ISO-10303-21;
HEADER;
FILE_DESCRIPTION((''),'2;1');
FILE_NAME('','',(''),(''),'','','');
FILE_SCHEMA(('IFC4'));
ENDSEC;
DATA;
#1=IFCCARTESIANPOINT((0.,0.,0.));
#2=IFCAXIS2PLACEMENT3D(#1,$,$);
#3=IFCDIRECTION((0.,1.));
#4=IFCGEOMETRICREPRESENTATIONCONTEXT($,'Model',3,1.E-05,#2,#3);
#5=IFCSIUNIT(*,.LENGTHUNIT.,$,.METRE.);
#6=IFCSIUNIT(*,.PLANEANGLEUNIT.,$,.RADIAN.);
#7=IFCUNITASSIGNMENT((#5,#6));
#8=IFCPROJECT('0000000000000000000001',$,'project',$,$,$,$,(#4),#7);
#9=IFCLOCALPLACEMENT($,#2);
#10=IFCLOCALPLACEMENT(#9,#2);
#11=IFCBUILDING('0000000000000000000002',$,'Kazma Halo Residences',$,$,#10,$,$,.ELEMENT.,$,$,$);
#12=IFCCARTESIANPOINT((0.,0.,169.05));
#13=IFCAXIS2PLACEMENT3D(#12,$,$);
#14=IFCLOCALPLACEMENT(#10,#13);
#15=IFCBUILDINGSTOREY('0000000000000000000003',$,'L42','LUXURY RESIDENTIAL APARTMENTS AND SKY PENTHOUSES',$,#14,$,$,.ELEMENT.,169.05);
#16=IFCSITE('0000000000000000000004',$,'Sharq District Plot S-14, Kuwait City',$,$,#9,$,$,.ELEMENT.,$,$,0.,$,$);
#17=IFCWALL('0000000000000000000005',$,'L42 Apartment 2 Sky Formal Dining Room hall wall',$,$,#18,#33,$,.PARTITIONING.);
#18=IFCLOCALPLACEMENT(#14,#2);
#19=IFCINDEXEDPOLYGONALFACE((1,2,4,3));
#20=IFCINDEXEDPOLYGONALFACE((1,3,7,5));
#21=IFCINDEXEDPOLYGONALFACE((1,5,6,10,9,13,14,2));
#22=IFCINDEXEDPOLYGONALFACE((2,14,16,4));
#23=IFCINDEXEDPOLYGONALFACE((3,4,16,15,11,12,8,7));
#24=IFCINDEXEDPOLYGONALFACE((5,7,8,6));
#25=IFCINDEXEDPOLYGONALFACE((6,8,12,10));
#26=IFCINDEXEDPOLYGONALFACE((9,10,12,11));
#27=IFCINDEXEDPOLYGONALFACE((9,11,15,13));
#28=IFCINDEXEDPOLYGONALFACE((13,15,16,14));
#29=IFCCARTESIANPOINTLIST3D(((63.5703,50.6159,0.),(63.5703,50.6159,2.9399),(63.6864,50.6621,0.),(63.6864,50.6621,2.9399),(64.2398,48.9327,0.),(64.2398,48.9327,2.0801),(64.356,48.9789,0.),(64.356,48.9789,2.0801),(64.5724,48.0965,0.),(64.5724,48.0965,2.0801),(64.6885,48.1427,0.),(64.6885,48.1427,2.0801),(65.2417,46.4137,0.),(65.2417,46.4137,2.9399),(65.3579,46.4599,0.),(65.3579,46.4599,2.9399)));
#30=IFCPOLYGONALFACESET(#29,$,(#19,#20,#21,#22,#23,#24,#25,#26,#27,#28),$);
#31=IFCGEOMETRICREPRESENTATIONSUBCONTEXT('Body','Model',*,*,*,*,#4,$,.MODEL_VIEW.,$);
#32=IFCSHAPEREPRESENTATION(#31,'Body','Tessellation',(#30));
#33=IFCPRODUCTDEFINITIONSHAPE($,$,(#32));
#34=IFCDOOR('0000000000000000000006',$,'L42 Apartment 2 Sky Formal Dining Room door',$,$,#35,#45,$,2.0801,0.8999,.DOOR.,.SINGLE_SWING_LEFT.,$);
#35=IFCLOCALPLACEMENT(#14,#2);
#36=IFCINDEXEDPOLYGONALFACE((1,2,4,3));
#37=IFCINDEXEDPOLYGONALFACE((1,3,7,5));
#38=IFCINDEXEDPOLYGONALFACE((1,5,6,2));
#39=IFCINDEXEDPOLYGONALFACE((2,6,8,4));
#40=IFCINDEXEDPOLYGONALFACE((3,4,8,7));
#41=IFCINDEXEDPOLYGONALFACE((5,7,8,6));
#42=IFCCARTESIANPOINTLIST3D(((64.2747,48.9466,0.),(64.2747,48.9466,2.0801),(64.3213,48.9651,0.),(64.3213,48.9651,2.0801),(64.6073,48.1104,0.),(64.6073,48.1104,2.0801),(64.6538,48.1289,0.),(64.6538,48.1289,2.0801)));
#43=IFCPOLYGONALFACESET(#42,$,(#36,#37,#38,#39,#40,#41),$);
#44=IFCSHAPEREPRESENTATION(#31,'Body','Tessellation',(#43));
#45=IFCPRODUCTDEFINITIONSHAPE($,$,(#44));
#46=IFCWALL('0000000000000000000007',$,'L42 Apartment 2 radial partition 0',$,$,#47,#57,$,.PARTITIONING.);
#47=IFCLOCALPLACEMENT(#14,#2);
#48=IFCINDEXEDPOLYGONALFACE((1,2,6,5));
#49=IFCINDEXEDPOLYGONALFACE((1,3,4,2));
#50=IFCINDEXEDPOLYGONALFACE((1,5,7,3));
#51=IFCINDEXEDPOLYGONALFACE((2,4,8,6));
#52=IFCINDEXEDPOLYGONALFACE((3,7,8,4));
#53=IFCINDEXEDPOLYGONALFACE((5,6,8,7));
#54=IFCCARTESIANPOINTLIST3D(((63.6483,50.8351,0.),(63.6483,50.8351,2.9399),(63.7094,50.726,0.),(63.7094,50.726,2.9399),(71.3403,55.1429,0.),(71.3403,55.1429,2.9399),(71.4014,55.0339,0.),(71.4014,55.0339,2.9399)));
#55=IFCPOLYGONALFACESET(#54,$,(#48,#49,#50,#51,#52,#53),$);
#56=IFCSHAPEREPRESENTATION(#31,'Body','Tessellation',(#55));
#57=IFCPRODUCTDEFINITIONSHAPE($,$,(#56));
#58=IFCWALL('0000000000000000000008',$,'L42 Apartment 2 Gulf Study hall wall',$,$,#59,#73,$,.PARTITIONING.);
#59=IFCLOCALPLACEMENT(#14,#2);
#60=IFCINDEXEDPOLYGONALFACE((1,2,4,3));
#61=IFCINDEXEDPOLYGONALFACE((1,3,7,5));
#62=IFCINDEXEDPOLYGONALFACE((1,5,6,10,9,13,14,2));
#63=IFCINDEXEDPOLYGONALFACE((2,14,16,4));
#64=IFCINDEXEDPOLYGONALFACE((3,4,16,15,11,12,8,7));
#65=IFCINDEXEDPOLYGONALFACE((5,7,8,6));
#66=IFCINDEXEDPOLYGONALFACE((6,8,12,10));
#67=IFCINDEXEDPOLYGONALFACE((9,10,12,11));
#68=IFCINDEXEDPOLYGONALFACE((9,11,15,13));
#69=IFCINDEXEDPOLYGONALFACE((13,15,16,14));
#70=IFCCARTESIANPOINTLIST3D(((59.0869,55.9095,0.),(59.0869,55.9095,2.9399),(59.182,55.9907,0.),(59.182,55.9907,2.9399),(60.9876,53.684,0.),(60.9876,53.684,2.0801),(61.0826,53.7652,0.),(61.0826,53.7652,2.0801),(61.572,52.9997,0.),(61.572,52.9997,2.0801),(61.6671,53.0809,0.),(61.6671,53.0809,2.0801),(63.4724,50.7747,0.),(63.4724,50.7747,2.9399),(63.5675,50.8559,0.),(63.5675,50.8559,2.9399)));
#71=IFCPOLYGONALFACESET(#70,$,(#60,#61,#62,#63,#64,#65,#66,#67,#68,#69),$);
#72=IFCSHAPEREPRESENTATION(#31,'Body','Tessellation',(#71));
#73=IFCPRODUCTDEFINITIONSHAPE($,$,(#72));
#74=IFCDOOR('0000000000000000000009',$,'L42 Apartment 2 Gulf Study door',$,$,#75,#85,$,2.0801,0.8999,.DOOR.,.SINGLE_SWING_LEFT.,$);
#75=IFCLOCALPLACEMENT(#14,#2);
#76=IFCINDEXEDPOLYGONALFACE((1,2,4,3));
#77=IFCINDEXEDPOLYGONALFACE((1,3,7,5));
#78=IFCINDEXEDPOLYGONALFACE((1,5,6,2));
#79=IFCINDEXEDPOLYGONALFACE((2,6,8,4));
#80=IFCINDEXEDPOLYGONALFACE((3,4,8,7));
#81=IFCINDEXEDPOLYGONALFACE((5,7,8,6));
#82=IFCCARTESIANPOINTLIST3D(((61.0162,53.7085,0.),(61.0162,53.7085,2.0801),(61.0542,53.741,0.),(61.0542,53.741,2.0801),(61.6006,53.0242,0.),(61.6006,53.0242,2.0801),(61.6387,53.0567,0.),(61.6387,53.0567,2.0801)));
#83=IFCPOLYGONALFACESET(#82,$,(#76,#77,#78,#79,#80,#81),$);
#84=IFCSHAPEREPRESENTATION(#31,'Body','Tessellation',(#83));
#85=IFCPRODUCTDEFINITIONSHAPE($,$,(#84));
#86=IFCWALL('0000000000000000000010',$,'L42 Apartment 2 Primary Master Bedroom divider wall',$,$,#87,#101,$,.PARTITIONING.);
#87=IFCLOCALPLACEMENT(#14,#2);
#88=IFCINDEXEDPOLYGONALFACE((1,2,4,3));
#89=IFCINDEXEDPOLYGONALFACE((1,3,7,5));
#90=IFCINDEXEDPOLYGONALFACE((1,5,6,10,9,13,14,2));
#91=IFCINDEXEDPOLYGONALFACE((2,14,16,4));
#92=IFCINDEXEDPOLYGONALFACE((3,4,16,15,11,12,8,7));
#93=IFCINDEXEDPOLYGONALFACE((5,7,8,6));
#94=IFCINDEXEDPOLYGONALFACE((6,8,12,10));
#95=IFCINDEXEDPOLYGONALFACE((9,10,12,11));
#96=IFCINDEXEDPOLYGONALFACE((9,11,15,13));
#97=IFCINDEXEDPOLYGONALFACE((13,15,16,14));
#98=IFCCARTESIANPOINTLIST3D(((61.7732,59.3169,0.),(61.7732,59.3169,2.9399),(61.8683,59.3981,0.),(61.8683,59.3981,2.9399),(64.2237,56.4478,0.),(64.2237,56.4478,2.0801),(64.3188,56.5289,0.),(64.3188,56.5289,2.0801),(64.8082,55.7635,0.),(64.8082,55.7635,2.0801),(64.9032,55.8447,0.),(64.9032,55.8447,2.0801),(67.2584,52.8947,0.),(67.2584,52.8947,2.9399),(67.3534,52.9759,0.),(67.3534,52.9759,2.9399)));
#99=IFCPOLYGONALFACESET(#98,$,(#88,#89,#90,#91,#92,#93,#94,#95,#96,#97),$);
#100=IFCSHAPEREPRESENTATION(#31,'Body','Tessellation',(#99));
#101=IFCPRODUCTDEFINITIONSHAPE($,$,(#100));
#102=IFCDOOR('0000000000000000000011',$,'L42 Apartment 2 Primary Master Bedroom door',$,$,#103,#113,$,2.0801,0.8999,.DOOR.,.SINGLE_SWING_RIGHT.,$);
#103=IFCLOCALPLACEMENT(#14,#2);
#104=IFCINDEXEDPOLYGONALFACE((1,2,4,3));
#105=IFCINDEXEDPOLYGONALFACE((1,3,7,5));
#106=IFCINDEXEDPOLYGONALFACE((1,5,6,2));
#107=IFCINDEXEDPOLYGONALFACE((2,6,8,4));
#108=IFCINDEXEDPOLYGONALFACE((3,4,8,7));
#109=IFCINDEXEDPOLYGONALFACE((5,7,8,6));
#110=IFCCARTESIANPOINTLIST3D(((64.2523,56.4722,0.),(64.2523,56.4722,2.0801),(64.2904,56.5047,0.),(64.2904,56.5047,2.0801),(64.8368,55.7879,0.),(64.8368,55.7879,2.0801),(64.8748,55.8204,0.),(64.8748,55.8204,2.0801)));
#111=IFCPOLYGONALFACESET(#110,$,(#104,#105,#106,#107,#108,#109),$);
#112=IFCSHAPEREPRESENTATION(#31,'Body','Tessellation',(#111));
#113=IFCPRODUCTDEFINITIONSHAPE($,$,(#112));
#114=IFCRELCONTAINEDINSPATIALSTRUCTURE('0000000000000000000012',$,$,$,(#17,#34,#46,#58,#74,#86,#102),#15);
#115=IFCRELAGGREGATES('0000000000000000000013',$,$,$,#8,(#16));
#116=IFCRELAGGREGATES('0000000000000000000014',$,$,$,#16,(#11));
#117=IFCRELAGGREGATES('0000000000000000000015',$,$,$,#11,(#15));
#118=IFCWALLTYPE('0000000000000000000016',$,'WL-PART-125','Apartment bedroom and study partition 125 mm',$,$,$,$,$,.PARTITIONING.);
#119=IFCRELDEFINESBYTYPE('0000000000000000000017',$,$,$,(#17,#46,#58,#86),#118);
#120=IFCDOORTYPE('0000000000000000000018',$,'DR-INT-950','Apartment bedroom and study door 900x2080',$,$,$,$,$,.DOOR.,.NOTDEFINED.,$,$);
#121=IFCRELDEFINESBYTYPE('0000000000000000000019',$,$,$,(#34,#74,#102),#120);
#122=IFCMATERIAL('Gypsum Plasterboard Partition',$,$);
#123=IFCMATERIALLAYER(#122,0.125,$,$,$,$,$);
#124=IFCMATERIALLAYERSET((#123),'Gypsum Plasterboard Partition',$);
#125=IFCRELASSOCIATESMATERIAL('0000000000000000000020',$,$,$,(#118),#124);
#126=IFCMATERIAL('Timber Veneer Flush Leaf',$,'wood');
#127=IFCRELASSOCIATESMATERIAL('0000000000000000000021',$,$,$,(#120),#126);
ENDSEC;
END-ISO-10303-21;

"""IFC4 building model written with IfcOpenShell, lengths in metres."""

from ifc_helpers import new_model, si_unit, direction, frame, frame_2d, origin, place, context, subcontext, project, spatial, rectangle, extrude, material, layer, layer_set, type_object, element, fill, save


model = new_model("IFC4")

# Units and contexts
model_context = context("Model", 3, precision=1e-05, world=origin(), true_north=direction((0.0, 1.0)))
body_context = subcontext(model_context, "Body", "Model", "MODEL_VIEW")
ifc_project = project(units=[si_unit("LENGTHUNIT", "METRE"), si_unit("PLANEANGLEUNIT", "RADIAN")], contexts=[model_context])

# Site, building, storey
site_placement = place(None, origin())
site = spatial("IfcSite", under=ifc_project, at=site_placement, Name="Sharq District Plot S-14, Kuwait City", CompositionType="ELEMENT", RefElevation=0.0)
building_placement = place(site_placement, origin())
building = spatial("IfcBuilding", under=site, at=building_placement, Name="Kazma Halo Residences", CompositionType="ELEMENT")
storey_placement = place(building_placement, frame((0.0, 0.0, 169.05)))
storey = spatial("IfcBuildingStorey", under=building, at=storey_placement, Name="L42", Description="LUXURY RESIDENTIAL APARTMENTS AND SKY PENTHOUSES", CompositionType="ELEMENT", Elevation=169.05)

# Shared definitions
ifc_material_1 = material(Name="Gypsum Plasterboard Partition")
ifc_layer_1 = layer(ifc_material_1, 0.125)
ifc_layer_set_1 = layer_set([ifc_layer_1], Name="Gypsum Plasterboard Partition")
wall_type_1 = type_object("IfcWallType", Name="WL-PART-125", Description="Apartment bedroom and study partition 125 mm", PredefinedType="PARTITIONING", material=ifc_layer_set_1)

# Wall, opening, door
wall_1_placement = place(storey_placement, frame((65.2998, 46.4368, 0.0), z_axis=(0.0, 0.0, 1.0), x_axis=(-0.369584, 0.929197, 0.0)))
wall_1 = element("IfcWall", 1, at=wall_1_placement, inside=storey, type_object=wall_type_1, Name="L42 Apartment 2 Sky Formal Dining Room hall wall", PredefinedType="PARTITIONING", context=body_context, shape_type="SweptSolid", body=[
    extrude(rectangle(XDim=4.5225, YDim=0.125, at=frame_2d((2.2612, 0.0))), origin(), (0.0, 0.0, 1.0), 2.9399),
])
opening_1_placement = place(wall_1_placement, frame((1.811, 0.0, 0.0)))
opening_1 = element("IfcOpeningElement", 2, at=opening_1_placement, cuts=wall_1, PredefinedType="OPENING", context=body_context, shape_type="SweptSolid", body=[
    extrude(rectangle(XDim=0.8999, YDim=2.0801, at=frame_2d((0.45, 1.04))), frame((0.0, 0.0725, 0.0), z_axis=(0.0, -1.0, 0.0), x_axis=(1.0, 0.0, 0.0)), (0.0, 0.0, 1.0), 0.145),
])
ifc_material_2 = material(Name="Timber Veneer Flush Leaf", Category="wood")
door_type_1 = type_object("IfcDoorType", Name="DR-INT-950", Description="Apartment bedroom and study door 900x2080", OperationType="NOTDEFINED", PredefinedType="DOOR", material=ifc_material_2)
door_1_placement = place(opening_1_placement, origin())
door_1 = element("IfcDoor", 3, at=door_1_placement, inside=storey, type_object=door_type_1, Name="L42 Apartment 2 Sky Formal Dining Room door", OperationType="SINGLE_SWING_LEFT", OverallHeight=2.0801, OverallWidth=0.8999, PredefinedType="DOOR", context=body_context, shape_type="SweptSolid", body=[
    extrude(rectangle(XDim=0.8999, YDim=2.0801, at=frame_2d((0.45, 1.04))), frame((0.0, 0.0249, 0.0), z_axis=(0.0, -1.0, 0.0), x_axis=(1.0, 0.0, 0.0)), (0.0, 0.0, 1.0), 0.05),
])
fill(opening_1, door_1)

# Wall
wall_2_placement = place(storey_placement, frame((63.6787, 50.7805, 0.0), z_axis=(0.0, 0.0, 1.0), x_axis=(0.872493, 0.488626, 0.0)))
element("IfcWall", 4, at=wall_2_placement, inside=storey, type_object=wall_type_1, Name="L42 Apartment 2 radial partition 0", PredefinedType="PARTITIONING", context=body_context, shape_type="SweptSolid", body=[
    extrude(rectangle(XDim=8.8162, YDim=0.125, at=frame_2d((4.4082, 0.0))), origin(), (0.0, 0.0, 1.0), 2.9399),
])

# Walls, openings, doors
wall_3_placement = place(storey_placement, frame((63.52, 50.8152, 0.0), z_axis=(0.0, 0.0, 1.0), x_axis=(-0.649448, 0.760406, 0.0)))
wall_3 = element("IfcWall", 5, at=wall_3_placement, inside=storey, type_object=wall_type_1, Name="L42 Apartment 2 Gulf Study hall wall", PredefinedType="PARTITIONING", context=body_context, shape_type="SweptSolid", body=[
    extrude(rectangle(XDim=6.7527, YDim=0.125, at=frame_2d((3.3765, 0.0))), origin(), (0.0, 0.0, 1.0), 2.9399),
])
opening_2_placement = place(wall_3_placement, frame((2.9263, 0.0, 0.0)))
opening_2 = element("IfcOpeningElement", 6, at=opening_2_placement, cuts=wall_3, PredefinedType="OPENING", context=body_context, shape_type="SweptSolid", body=[
    extrude(rectangle(XDim=0.8999, YDim=2.0801, at=frame_2d((0.45, 1.04))), frame((0.0, 0.0725, 0.0), z_axis=(0.0, -1.0, 0.0), x_axis=(1.0, 0.0, 0.0)), (0.0, 0.0, 1.0), 0.145),
])
door_2_placement = place(opening_2_placement, origin())
door_2 = element("IfcDoor", 7, at=door_2_placement, inside=storey, type_object=door_type_1, Name="L42 Apartment 2 Gulf Study door", OperationType="SINGLE_SWING_LEFT", OverallHeight=2.0801, OverallWidth=0.8999, PredefinedType="DOOR", context=body_context, shape_type="SweptSolid", body=[
    extrude(rectangle(XDim=0.8999, YDim=2.0801, at=frame_2d((0.45, 1.04))), frame((0.0, 0.0249, 0.0), z_axis=(0.0, -1.0, 0.0), x_axis=(1.0, 0.0, 0.0)), (0.0, 0.0, 1.0), 0.05),
])
fill(opening_2, door_2)
wall_4_placement = place(storey_placement, frame((67.3059, 52.9353, 0.0), z_axis=(0.0, 0.0, 1.0), x_axis=(-0.649455, 0.7604, 0.0)))
wall_4 = element("IfcWall", 8, at=wall_4_placement, inside=storey, type_object=wall_type_1, Name="L42 Apartment 2 Primary Master Bedroom divider wall", PredefinedType="PARTITIONING", context=body_context, shape_type="SweptSolid", body=[
    extrude(rectangle(XDim=8.4458, YDim=0.125, at=frame_2d((4.2229, 0.0))), origin(), (0.0, 0.0, 1.0), 2.9399),
])
opening_3_placement = place(wall_4_placement, frame((3.7727, 0.0, 0.0)))
opening_3 = element("IfcOpeningElement", 9, at=opening_3_placement, cuts=wall_4, PredefinedType="OPENING", context=body_context, shape_type="SweptSolid", body=[
    extrude(rectangle(XDim=0.8999, YDim=2.0801, at=frame_2d((0.45, 1.04))), frame((0.0, 0.0725, 0.0), z_axis=(0.0, -1.0, 0.0), x_axis=(1.0, 0.0, 0.0)), (0.0, 0.0, 1.0), 0.145),
])
door_3_placement = place(opening_3_placement, origin())
door_3 = element("IfcDoor", 10, at=door_3_placement, inside=storey, type_object=door_type_1, Name="L42 Apartment 2 Primary Master Bedroom door", OperationType="SINGLE_SWING_RIGHT", OverallHeight=2.0801, OverallWidth=0.8999, PredefinedType="DOOR", context=body_context, shape_type="SweptSolid", body=[
    extrude(rectangle(XDim=0.8999, YDim=2.0801, at=frame_2d((0.45, 1.04))), frame((0.0, 0.0249, 0.0), z_axis=(0.0, -1.0, 0.0), x_axis=(1.0, 0.0, 0.0)), (0.0, 0.0, 1.0), 0.05),
])
fill(opening_3, door_3)

save(model, "model.ifc")
